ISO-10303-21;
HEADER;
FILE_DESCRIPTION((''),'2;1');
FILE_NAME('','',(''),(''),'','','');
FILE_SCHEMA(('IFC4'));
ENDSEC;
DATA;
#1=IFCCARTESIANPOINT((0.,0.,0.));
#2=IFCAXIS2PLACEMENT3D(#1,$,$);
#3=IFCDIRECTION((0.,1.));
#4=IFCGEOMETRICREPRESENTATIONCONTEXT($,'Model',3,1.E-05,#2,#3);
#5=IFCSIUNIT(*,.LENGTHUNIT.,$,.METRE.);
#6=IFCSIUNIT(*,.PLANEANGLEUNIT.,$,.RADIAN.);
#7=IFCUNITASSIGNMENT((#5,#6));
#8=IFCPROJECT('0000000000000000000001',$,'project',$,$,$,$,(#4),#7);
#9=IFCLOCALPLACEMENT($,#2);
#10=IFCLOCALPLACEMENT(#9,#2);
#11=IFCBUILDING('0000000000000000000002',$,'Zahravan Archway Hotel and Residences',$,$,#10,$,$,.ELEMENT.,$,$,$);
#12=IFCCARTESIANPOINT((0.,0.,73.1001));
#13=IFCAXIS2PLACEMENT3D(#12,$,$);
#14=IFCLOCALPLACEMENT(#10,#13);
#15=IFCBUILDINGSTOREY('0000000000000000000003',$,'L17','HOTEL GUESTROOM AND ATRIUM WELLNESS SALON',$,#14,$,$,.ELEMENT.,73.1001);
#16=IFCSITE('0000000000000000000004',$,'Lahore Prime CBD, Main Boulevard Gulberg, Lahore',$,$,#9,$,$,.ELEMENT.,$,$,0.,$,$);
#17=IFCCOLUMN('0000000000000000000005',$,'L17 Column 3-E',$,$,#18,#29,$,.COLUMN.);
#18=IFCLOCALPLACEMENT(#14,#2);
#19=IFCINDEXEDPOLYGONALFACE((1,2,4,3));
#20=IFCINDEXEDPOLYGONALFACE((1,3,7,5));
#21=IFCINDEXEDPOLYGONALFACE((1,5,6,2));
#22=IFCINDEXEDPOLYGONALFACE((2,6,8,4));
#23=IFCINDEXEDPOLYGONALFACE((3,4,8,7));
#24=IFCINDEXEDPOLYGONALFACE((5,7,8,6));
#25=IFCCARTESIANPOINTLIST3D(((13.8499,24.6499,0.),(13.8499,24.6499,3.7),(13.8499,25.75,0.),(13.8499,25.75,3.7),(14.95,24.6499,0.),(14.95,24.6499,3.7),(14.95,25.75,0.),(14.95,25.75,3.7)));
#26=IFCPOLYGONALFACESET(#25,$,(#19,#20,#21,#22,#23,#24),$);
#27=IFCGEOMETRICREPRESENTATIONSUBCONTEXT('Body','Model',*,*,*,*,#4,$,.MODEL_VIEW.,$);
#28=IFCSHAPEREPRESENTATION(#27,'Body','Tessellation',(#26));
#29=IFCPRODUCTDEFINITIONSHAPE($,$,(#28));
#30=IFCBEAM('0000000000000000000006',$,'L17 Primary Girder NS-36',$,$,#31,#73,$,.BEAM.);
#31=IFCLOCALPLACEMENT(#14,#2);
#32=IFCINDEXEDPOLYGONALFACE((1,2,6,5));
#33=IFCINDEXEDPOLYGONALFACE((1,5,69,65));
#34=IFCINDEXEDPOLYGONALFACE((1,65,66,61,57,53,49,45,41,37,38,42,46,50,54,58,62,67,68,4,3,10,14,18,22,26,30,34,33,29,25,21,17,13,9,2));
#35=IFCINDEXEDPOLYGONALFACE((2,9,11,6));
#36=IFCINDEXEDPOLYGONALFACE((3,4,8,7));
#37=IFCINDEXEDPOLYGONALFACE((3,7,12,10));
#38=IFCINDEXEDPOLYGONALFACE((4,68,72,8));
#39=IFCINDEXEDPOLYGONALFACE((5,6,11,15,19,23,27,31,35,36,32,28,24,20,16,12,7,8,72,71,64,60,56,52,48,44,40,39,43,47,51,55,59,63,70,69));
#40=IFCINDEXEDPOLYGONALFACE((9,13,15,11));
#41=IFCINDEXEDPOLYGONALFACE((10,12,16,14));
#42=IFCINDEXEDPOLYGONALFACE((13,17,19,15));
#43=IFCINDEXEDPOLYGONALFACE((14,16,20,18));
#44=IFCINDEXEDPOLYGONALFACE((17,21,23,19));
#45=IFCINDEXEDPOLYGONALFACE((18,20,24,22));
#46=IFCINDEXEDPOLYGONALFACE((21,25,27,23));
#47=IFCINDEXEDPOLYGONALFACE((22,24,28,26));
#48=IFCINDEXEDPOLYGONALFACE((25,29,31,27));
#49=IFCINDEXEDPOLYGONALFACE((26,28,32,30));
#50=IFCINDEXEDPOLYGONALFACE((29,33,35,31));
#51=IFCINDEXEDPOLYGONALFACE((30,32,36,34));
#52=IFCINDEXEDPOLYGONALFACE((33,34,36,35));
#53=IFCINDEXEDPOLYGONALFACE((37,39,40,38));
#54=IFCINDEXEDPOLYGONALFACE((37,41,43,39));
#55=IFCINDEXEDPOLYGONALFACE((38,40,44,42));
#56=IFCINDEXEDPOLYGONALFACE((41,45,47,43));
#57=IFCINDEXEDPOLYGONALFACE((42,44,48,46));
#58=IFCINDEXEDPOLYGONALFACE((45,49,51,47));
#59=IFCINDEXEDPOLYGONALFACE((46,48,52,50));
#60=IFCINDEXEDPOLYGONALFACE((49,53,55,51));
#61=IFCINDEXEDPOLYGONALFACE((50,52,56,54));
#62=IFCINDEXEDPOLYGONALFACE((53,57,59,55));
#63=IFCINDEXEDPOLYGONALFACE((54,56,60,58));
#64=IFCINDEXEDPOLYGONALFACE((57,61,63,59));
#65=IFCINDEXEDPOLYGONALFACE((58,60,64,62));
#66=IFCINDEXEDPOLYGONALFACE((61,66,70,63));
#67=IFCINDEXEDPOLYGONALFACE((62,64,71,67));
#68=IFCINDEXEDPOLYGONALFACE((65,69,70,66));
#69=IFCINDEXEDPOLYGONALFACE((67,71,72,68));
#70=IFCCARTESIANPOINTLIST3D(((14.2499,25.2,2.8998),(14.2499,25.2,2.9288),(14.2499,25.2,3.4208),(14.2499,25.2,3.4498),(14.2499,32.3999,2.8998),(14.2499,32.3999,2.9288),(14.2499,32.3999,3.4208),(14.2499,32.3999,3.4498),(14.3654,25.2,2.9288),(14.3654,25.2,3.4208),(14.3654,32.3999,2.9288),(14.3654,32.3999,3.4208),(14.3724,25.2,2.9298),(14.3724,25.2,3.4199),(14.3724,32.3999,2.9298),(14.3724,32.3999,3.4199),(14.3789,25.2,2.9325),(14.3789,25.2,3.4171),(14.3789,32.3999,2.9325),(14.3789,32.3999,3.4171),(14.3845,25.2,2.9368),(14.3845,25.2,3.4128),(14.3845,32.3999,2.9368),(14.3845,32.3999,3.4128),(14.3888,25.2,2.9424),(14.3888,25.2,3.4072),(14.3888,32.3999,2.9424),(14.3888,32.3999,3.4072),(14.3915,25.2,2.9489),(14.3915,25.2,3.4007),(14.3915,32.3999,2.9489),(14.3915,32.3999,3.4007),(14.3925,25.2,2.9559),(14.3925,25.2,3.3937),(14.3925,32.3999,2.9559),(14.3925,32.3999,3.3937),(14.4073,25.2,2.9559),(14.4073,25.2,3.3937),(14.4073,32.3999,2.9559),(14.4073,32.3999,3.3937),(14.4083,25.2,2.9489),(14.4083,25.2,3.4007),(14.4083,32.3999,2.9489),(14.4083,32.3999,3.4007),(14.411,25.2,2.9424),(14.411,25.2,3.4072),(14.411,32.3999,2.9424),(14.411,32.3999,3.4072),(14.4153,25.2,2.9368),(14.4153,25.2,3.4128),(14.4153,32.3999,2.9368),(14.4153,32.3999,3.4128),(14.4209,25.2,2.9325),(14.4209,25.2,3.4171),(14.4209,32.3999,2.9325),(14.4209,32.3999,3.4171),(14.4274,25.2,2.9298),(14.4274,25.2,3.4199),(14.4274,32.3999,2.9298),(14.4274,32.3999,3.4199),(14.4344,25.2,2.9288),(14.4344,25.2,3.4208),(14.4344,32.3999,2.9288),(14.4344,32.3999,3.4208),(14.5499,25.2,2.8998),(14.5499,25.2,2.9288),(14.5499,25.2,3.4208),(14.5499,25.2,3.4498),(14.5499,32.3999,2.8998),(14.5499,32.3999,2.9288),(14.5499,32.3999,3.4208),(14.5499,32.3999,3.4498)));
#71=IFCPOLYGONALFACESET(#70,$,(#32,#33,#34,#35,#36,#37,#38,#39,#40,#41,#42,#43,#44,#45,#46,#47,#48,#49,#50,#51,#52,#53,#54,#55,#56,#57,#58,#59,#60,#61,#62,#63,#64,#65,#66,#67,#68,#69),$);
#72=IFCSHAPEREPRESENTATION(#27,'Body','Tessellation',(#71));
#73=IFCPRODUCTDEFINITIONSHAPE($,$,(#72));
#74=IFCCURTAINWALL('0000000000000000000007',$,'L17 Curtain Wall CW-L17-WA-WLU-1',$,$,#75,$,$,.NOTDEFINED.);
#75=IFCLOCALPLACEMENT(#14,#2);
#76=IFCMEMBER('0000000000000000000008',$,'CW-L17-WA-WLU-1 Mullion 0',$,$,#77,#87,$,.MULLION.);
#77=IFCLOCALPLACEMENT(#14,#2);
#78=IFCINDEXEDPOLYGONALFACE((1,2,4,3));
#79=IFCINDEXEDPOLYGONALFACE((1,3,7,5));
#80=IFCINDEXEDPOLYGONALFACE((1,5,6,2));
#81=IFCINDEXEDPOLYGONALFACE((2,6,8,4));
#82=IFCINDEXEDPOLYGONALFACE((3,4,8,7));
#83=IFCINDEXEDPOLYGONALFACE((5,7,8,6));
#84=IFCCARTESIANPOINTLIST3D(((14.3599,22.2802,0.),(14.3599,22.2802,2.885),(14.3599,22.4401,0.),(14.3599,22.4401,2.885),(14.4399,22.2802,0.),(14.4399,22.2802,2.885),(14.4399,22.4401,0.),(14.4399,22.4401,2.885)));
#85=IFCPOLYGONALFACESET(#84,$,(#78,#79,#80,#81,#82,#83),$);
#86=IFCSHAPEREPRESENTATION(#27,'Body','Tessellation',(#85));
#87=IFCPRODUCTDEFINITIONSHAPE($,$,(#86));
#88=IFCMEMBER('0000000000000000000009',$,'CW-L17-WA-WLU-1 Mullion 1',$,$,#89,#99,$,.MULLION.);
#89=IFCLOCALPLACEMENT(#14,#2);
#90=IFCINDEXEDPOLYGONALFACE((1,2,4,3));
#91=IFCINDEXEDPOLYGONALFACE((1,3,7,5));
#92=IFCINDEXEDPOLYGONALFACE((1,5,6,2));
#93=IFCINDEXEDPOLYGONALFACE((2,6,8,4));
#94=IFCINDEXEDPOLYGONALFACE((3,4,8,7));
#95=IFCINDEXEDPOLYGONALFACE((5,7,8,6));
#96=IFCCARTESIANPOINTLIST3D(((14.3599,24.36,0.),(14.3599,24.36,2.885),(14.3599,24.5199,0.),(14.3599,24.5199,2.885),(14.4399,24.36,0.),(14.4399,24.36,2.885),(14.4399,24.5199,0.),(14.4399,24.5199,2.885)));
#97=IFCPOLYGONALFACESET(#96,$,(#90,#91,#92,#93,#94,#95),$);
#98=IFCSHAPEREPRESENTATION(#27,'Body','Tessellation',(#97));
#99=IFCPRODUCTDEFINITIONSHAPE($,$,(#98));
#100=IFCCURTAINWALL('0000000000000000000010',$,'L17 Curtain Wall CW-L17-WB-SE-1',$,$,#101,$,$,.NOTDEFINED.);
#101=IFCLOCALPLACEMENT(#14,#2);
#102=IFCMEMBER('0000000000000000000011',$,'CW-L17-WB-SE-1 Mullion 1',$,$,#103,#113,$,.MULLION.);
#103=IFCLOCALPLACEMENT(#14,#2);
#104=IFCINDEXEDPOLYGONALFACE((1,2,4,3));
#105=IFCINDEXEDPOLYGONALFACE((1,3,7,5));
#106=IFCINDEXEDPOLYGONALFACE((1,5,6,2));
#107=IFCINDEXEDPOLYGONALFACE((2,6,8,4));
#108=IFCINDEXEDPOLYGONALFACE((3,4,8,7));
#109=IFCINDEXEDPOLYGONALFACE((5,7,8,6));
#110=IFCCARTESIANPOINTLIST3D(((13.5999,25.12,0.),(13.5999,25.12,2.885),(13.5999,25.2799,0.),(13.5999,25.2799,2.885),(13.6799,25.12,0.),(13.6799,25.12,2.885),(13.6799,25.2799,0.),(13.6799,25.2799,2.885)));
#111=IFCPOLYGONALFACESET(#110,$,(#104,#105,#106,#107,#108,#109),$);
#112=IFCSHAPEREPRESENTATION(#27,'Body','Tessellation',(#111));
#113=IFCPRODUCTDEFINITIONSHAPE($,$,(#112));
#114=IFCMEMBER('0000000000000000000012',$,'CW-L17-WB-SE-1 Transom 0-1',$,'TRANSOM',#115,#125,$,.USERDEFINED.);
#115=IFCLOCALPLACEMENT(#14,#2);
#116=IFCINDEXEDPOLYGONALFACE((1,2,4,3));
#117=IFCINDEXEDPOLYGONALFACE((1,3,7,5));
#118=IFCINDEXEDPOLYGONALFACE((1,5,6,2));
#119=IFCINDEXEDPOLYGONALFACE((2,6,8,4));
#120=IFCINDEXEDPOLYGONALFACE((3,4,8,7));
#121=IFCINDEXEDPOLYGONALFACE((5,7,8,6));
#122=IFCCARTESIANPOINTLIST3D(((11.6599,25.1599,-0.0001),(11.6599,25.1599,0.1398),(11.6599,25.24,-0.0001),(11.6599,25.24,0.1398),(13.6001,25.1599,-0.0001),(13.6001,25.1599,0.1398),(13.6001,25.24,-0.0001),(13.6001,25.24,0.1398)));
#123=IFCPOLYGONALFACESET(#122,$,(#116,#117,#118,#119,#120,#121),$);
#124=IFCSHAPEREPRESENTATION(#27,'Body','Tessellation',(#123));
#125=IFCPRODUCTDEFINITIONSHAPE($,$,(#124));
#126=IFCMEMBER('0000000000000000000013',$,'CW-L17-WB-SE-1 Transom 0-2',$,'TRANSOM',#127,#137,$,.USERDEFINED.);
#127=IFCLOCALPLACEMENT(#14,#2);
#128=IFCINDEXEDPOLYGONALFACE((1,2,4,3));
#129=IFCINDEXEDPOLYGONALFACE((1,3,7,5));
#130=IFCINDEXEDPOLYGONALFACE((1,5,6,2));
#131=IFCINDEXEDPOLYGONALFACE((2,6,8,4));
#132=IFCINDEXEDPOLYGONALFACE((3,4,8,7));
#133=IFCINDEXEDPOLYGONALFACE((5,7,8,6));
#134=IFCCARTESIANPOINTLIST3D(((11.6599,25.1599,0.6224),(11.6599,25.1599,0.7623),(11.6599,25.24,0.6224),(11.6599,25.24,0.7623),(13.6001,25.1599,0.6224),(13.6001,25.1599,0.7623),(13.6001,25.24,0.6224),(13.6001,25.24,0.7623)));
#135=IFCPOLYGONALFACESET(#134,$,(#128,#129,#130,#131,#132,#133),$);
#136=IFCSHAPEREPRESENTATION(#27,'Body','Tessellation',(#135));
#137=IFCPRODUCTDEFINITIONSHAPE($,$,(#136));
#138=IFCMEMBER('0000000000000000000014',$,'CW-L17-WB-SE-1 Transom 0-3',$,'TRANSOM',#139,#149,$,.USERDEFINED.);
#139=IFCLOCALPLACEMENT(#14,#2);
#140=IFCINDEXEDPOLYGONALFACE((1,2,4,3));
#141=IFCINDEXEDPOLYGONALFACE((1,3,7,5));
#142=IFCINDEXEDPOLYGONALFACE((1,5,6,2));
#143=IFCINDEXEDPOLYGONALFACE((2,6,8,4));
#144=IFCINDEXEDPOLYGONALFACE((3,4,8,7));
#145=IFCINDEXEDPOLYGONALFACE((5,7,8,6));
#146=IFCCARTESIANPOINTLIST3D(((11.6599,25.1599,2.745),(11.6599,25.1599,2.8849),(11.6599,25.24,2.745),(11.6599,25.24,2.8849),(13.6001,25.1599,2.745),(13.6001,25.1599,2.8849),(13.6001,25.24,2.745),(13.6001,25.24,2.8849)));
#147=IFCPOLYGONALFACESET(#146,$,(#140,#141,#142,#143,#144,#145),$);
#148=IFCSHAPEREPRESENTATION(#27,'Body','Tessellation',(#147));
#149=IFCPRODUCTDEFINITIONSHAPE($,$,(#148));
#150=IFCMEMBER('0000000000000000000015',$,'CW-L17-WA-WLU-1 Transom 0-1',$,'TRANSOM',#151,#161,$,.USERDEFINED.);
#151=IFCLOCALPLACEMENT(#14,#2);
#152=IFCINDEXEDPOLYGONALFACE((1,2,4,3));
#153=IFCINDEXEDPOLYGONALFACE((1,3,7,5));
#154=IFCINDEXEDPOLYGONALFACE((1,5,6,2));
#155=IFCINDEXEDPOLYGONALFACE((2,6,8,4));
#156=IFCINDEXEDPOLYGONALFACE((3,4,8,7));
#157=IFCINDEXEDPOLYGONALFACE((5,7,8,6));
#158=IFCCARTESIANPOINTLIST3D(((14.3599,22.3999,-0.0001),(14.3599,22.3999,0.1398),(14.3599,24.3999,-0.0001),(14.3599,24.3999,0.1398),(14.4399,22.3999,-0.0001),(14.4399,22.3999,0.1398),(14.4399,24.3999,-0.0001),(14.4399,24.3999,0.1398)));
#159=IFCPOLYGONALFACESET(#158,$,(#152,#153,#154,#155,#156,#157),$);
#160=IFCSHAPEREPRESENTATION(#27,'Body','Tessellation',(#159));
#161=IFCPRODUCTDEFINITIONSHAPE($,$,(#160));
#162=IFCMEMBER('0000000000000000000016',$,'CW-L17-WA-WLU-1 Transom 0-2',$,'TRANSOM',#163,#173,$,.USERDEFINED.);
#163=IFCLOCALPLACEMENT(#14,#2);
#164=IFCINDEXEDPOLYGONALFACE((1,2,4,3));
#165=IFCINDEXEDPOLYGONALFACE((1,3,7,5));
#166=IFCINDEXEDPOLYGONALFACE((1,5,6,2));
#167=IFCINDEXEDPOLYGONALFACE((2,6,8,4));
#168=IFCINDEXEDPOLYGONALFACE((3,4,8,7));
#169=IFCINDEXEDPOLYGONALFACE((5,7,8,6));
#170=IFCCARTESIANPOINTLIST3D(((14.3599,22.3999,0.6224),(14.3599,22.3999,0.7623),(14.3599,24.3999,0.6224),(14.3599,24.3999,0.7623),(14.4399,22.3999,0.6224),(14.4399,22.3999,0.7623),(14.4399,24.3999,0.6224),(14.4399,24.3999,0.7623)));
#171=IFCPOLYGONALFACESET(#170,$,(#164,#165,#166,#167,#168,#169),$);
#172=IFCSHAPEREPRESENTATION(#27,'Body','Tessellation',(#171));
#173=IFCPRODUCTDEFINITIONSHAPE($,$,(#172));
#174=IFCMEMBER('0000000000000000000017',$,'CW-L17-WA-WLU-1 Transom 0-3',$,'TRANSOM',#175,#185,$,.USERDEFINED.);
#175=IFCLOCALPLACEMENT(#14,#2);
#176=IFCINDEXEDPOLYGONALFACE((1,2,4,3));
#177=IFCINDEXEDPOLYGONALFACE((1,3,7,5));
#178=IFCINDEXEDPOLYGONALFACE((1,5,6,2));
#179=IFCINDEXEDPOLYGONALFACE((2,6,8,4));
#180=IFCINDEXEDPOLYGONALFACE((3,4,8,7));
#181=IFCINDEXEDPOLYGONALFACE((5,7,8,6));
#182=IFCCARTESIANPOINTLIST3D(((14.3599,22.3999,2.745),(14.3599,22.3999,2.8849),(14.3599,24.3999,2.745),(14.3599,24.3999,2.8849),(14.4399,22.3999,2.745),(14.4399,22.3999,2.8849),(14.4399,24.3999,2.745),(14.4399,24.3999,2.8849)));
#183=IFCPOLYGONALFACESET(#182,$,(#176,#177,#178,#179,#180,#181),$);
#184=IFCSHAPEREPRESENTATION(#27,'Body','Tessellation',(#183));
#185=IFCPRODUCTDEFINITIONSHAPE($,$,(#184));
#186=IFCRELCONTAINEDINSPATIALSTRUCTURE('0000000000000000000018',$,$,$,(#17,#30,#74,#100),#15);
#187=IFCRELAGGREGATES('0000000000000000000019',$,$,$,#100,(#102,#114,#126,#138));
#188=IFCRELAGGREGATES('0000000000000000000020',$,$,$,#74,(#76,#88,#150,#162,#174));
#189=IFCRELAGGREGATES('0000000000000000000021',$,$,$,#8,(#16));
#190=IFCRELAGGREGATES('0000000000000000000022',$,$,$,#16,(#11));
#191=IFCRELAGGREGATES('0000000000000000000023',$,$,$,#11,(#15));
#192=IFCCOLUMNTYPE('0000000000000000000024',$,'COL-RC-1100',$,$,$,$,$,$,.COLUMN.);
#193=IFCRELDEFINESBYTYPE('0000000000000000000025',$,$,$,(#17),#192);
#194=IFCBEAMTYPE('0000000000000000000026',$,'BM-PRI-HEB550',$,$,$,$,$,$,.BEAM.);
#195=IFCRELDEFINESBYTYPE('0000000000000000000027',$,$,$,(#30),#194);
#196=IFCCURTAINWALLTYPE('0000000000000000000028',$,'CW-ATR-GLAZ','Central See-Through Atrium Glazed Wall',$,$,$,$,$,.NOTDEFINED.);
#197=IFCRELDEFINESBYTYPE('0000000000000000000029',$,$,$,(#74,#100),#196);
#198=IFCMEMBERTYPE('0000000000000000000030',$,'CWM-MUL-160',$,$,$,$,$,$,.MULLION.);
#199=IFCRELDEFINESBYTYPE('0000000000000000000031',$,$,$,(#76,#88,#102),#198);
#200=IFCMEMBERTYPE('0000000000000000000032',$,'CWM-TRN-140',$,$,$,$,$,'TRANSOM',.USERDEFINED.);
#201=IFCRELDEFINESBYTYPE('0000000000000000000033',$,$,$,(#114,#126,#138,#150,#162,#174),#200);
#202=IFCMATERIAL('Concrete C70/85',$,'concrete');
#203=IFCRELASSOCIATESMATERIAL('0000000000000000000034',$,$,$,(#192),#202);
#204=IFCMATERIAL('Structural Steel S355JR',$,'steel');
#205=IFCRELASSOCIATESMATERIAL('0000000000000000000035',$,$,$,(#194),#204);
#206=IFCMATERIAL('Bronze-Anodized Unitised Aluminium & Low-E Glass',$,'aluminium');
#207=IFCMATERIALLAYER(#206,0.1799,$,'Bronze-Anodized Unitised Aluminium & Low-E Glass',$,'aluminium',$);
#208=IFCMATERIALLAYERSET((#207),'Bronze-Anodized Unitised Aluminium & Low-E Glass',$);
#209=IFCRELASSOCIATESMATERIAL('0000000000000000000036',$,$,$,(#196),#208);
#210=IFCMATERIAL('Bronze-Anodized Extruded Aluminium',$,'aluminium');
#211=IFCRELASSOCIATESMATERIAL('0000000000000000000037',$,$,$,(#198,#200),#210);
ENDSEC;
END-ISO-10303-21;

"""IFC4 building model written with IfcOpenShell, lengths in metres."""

from ifc_helpers import new_model, si_unit, direction, frame, origin, origin_2d, place, context, subcontext, project, spatial, rectangle, i_section, extrude, source, transform, mapped, material, layer, layer_set, material_profile, profile_set, type_object, element, aggregate, save


model = new_model("IFC4")

# Units and contexts
model_context = context("Model", 3, precision=1e-05, world=origin(), true_north=direction((0.0, 1.0)))
body_context = subcontext(model_context, "Body", "Model", "MODEL_VIEW")
ifc_project = project(units=[si_unit("LENGTHUNIT", "METRE"), si_unit("PLANEANGLEUNIT", "RADIAN")], contexts=[model_context])

# Site, building, storey
site_placement = place(None, origin())
site = spatial("IfcSite", under=ifc_project, at=site_placement, Name="Lahore Prime CBD, Main Boulevard Gulberg, Lahore", CompositionType="ELEMENT", RefElevation=0.0)
building_placement = place(site_placement, origin())
building = spatial("IfcBuilding", under=site, at=building_placement, Name="Zahravan Archway Hotel and Residences", CompositionType="ELEMENT")
storey_placement = place(building_placement, frame((0.0, 0.0, 73.1001)))
storey = spatial("IfcBuildingStorey", under=building, at=storey_placement, Name="L17", Description="HOTEL GUESTROOM AND ATRIUM WELLNESS SALON", CompositionType="ELEMENT", Elevation=73.1001)

# Column
ifc_material_1 = material(Name="Concrete C70/85", Category="concrete")
ifc_material_profile_1 = material_profile(ifc_material_1, rectangle(XDim=1.1001, YDim=1.1001, at=origin_2d()), Name="RC 1100x1100", Category="concrete")
ifc_profile_set_1 = profile_set([ifc_material_profile_1], Name="Concrete C70/85")
column_type = type_object("IfcColumnType", Name="COL-RC-1100", PredefinedType="COLUMN", material=ifc_profile_set_1)
shared_shape_1 = source(origin(), body_context, "Body", "SweptSolid", [
    extrude(rectangle(XDim=1.1001, YDim=1.1001, at=origin_2d()), origin(), (0.0, 0.0, 1.0), 3.7),
])
column_placement = place(storey_placement, frame((14.3999, 25.2, 0.0), z_axis=(0.0, 0.0, 1.0), x_axis=(1.0, 0.0, 0.0)))
element("IfcColumn", 1, at=column_placement, inside=storey, type_object=column_type, Name="L17 Column 3-E", PredefinedType="COLUMN", context=body_context, shape_type="MappedRepresentation", body=[
    mapped(shared_shape_1, transform((0.0, 0.0, 0.0), scale=1.0)),
])

# Beam
ifc_material_2 = material(Name="Structural Steel S355JR", Category="steel")
ifc_material_profile_2 = material_profile(ifc_material_2, i_section(OverallWidth=0.3, OverallDepth=0.55, WebThickness=0.0149, FlangeThickness=0.0291, FilletRadius=0.0271, at=origin_2d()), Name="HEB 550", Category="steel")
ifc_profile_set_2 = profile_set([ifc_material_profile_2], Name="Structural Steel S355JR")
beam_type = type_object("IfcBeamType", Name="BM-PRI-HEB550", PredefinedType="BEAM", material=ifc_profile_set_2)
shared_shape_2 = source(origin(), body_context, "Body", "SweptSolid", [
    extrude(i_section(OverallWidth=0.3, OverallDepth=0.55, WebThickness=0.0149, FlangeThickness=0.0291, FilletRadius=0.0271, at=origin_2d()), origin(), (0.0, 0.0, 1.0), 7.2),
])
beam_placement = place(storey_placement, frame((14.3999, 25.2, 3.1748), z_axis=(0.0, 1.0, 0.0), x_axis=(-1.0, 0.0, 0.0)))
element("IfcBeam", 2, at=beam_placement, inside=storey, type_object=beam_type, Name="L17 Primary Girder NS-36", PredefinedType="BEAM", context=body_context, shape_type="MappedRepresentation", body=[
    mapped(shared_shape_2, transform((0.0, 0.0, 0.0), scale=1.0)),
])

# Curtain walls, members
ifc_material_3 = material(Name="Bronze-Anodized Unitised Aluminium & Low-E Glass", Category="aluminium")
ifc_layer_1 = layer(ifc_material_3, 0.1799, Name="Bronze-Anodized Unitised Aluminium & Low-E Glass", Category="aluminium")
ifc_layer_set_1 = layer_set([ifc_layer_1], Name="Bronze-Anodized Unitised Aluminium & Low-E Glass")
curtain_wall_type = type_object("IfcCurtainWallType", Name="CW-ATR-GLAZ", Description="Central See-Through Atrium Glazed Wall", PredefinedType="NOTDEFINED", material=ifc_layer_set_1)
curtain_wall_1_placement = place(storey_placement, origin())
curtain_wall_1 = element("IfcCurtainWall", 3, at=curtain_wall_1_placement, inside=storey, type_object=curtain_wall_type, Name="L17 Curtain Wall CW-L17-WA-WLU-1", PredefinedType="NOTDEFINED")
ifc_material_4 = material(Name="Bronze-Anodized Extruded Aluminium", Category="aluminium")
ifc_material_profile_3 = material_profile(ifc_material_4, rectangle(XDim=0.0801, YDim=0.1599, at=origin_2d()), Name="MUL 80x160", Category="aluminium")
ifc_profile_set_3 = profile_set([ifc_material_profile_3], Name="Bronze-Anodized Extruded Aluminium")
member_type_1 = type_object("IfcMemberType", Name="CWM-MUL-160", PredefinedType="MULLION", material=ifc_profile_set_3)
shared_shape_3 = source(origin(), body_context, "Body", "SweptSolid", [
    extrude(rectangle(XDim=0.0801, YDim=0.1599, at=origin_2d()), origin(), (0.0, 0.0, 1.0), 2.885),
])
member_1_placement = place(storey_placement, frame((14.3999, 22.3601, 0.0), z_axis=(0.0, 0.0, 1.0), x_axis=(1.0, 0.0, 0.0)))
member_1 = element("IfcMember", 4, at=member_1_placement, type_object=member_type_1, Name="CW-L17-WA-WLU-1 Mullion 0", PredefinedType="MULLION", context=body_context, shape_type="MappedRepresentation", body=[
    mapped(shared_shape_3, transform((0.0, 0.0, 0.0), scale=1.0)),
])
member_2_placement = place(storey_placement, frame((14.3999, 24.4399, 0.0), z_axis=(0.0, 0.0, 1.0), x_axis=(1.0, 0.0, 0.0)))
member_2 = element("IfcMember", 5, at=member_2_placement, type_object=member_type_1, Name="CW-L17-WA-WLU-1 Mullion 1", PredefinedType="MULLION", context=body_context, shape_type="MappedRepresentation", body=[
    mapped(shared_shape_3, transform((0.0, 0.0, 0.0), scale=1.0)),
])
curtain_wall_2_placement = place(storey_placement, origin())
curtain_wall_2 = element("IfcCurtainWall", 6, at=curtain_wall_2_placement, inside=storey, type_object=curtain_wall_type, Name="L17 Curtain Wall CW-L17-WB-SE-1", PredefinedType="NOTDEFINED")
member_3_placement = place(storey_placement, frame((13.6399, 25.2, 0.0), z_axis=(0.0, 0.0, 1.0), x_axis=(1.0, 0.0, 0.0)))
member_3 = element("IfcMember", 7, at=member_3_placement, type_object=member_type_1, Name="CW-L17-WB-SE-1 Mullion 1", PredefinedType="MULLION", context=body_context, shape_type="MappedRepresentation", body=[
    mapped(shared_shape_3, transform((0.0, 0.0, 0.0), scale=1.0)),
])
ifc_material_profile_4 = material_profile(ifc_material_4, rectangle(XDim=0.0801, YDim=0.1399, at=origin_2d()), Name="TRN 80x140", Category="aluminium")
ifc_profile_set_4 = profile_set([ifc_material_profile_4], Name="Bronze-Anodized Extruded Aluminium")
member_type_2 = type_object("IfcMemberType", Name="CWM-TRN-140", ElementType="TRANSOM", PredefinedType="USERDEFINED", material=ifc_profile_set_4)
shared_shape_4 = source(origin(), body_context, "Body", "SweptSolid", [
    extrude(rectangle(XDim=0.0801, YDim=0.1399, at=origin_2d()), origin(), (0.0, 0.0, 1.0), 1.9402),
])
member_4_placement = place(storey_placement, frame((11.6599, 25.2, 0.0698), z_axis=(1.0, 0.0, 0.0), x_axis=(0.0, 1.0, 0.0)))
member_4 = element("IfcMember", 8, at=member_4_placement, type_object=member_type_2, Name="CW-L17-WB-SE-1 Transom 0-1", ObjectType="TRANSOM", PredefinedType="USERDEFINED", context=body_context, shape_type="MappedRepresentation", body=[
    mapped(shared_shape_4, transform((0.0, 0.0, 0.0), scale=1.0)),
])
member_5_placement = place(storey_placement, frame((11.6599, 25.2, 0.6924), z_axis=(1.0, 0.0, 0.0), x_axis=(0.0, 1.0, 0.0)))
member_5 = element("IfcMember", 9, at=member_5_placement, type_object=member_type_2, Name="CW-L17-WB-SE-1 Transom 0-2", ObjectType="TRANSOM", PredefinedType="USERDEFINED", context=body_context, shape_type="MappedRepresentation", body=[
    mapped(shared_shape_4, transform((0.0, 0.0, 0.0), scale=1.0)),
])
member_6_placement = place(storey_placement, frame((11.6599, 25.2, 2.8149), z_axis=(1.0, 0.0, 0.0), x_axis=(0.0, 1.0, 0.0)))
member_6 = element("IfcMember", 10, at=member_6_placement, type_object=member_type_2, Name="CW-L17-WB-SE-1 Transom 0-3", ObjectType="TRANSOM", PredefinedType="USERDEFINED", context=body_context, shape_type="MappedRepresentation", body=[
    mapped(shared_shape_4, transform((0.0, 0.0, 0.0), scale=1.0)),
])

# Members
shared_shape_5 = source(origin(), body_context, "Body", "SweptSolid", [
    extrude(rectangle(XDim=0.0801, YDim=0.1399, at=origin_2d()), origin(), (0.0, 0.0, 1.0), 2.0),
])
member_7_placement = place(storey_placement, frame((14.3999, 22.3999, 0.0698), z_axis=(0.0, 1.0, 0.0), x_axis=(-1.0, 0.0, 0.0)))
member_7 = element("IfcMember", 11, at=member_7_placement, type_object=member_type_2, Name="CW-L17-WA-WLU-1 Transom 0-1", ObjectType="TRANSOM", PredefinedType="USERDEFINED", context=body_context, shape_type="MappedRepresentation", body=[
    mapped(shared_shape_5, transform((0.0, 0.0, 0.0), scale=1.0)),
])
member_8_placement = place(storey_placement, frame((14.3999, 22.3999, 0.6924), z_axis=(0.0, 1.0, 0.0), x_axis=(-1.0, 0.0, 0.0)))
member_8 = element("IfcMember", 12, at=member_8_placement, type_object=member_type_2, Name="CW-L17-WA-WLU-1 Transom 0-2", ObjectType="TRANSOM", PredefinedType="USERDEFINED", context=body_context, shape_type="MappedRepresentation", body=[
    mapped(shared_shape_5, transform((0.0, 0.0, 0.0), scale=1.0)),
])
member_9_placement = place(storey_placement, frame((14.3999, 22.3999, 2.8149), z_axis=(0.0, 1.0, 0.0), x_axis=(-1.0, 0.0, 0.0)))
member_9 = element("IfcMember", 13, at=member_9_placement, type_object=member_type_2, Name="CW-L17-WA-WLU-1 Transom 0-3", ObjectType="TRANSOM", PredefinedType="USERDEFINED", context=body_context, shape_type="MappedRepresentation", body=[
    mapped(shared_shape_5, transform((0.0, 0.0, 0.0), scale=1.0)),
])

aggregate(curtain_wall_2, [member_3, member_4, member_5, member_6])
aggregate(curtain_wall_1, [member_1, member_2, member_7, member_8, member_9])

save(model, "model.ifc")
